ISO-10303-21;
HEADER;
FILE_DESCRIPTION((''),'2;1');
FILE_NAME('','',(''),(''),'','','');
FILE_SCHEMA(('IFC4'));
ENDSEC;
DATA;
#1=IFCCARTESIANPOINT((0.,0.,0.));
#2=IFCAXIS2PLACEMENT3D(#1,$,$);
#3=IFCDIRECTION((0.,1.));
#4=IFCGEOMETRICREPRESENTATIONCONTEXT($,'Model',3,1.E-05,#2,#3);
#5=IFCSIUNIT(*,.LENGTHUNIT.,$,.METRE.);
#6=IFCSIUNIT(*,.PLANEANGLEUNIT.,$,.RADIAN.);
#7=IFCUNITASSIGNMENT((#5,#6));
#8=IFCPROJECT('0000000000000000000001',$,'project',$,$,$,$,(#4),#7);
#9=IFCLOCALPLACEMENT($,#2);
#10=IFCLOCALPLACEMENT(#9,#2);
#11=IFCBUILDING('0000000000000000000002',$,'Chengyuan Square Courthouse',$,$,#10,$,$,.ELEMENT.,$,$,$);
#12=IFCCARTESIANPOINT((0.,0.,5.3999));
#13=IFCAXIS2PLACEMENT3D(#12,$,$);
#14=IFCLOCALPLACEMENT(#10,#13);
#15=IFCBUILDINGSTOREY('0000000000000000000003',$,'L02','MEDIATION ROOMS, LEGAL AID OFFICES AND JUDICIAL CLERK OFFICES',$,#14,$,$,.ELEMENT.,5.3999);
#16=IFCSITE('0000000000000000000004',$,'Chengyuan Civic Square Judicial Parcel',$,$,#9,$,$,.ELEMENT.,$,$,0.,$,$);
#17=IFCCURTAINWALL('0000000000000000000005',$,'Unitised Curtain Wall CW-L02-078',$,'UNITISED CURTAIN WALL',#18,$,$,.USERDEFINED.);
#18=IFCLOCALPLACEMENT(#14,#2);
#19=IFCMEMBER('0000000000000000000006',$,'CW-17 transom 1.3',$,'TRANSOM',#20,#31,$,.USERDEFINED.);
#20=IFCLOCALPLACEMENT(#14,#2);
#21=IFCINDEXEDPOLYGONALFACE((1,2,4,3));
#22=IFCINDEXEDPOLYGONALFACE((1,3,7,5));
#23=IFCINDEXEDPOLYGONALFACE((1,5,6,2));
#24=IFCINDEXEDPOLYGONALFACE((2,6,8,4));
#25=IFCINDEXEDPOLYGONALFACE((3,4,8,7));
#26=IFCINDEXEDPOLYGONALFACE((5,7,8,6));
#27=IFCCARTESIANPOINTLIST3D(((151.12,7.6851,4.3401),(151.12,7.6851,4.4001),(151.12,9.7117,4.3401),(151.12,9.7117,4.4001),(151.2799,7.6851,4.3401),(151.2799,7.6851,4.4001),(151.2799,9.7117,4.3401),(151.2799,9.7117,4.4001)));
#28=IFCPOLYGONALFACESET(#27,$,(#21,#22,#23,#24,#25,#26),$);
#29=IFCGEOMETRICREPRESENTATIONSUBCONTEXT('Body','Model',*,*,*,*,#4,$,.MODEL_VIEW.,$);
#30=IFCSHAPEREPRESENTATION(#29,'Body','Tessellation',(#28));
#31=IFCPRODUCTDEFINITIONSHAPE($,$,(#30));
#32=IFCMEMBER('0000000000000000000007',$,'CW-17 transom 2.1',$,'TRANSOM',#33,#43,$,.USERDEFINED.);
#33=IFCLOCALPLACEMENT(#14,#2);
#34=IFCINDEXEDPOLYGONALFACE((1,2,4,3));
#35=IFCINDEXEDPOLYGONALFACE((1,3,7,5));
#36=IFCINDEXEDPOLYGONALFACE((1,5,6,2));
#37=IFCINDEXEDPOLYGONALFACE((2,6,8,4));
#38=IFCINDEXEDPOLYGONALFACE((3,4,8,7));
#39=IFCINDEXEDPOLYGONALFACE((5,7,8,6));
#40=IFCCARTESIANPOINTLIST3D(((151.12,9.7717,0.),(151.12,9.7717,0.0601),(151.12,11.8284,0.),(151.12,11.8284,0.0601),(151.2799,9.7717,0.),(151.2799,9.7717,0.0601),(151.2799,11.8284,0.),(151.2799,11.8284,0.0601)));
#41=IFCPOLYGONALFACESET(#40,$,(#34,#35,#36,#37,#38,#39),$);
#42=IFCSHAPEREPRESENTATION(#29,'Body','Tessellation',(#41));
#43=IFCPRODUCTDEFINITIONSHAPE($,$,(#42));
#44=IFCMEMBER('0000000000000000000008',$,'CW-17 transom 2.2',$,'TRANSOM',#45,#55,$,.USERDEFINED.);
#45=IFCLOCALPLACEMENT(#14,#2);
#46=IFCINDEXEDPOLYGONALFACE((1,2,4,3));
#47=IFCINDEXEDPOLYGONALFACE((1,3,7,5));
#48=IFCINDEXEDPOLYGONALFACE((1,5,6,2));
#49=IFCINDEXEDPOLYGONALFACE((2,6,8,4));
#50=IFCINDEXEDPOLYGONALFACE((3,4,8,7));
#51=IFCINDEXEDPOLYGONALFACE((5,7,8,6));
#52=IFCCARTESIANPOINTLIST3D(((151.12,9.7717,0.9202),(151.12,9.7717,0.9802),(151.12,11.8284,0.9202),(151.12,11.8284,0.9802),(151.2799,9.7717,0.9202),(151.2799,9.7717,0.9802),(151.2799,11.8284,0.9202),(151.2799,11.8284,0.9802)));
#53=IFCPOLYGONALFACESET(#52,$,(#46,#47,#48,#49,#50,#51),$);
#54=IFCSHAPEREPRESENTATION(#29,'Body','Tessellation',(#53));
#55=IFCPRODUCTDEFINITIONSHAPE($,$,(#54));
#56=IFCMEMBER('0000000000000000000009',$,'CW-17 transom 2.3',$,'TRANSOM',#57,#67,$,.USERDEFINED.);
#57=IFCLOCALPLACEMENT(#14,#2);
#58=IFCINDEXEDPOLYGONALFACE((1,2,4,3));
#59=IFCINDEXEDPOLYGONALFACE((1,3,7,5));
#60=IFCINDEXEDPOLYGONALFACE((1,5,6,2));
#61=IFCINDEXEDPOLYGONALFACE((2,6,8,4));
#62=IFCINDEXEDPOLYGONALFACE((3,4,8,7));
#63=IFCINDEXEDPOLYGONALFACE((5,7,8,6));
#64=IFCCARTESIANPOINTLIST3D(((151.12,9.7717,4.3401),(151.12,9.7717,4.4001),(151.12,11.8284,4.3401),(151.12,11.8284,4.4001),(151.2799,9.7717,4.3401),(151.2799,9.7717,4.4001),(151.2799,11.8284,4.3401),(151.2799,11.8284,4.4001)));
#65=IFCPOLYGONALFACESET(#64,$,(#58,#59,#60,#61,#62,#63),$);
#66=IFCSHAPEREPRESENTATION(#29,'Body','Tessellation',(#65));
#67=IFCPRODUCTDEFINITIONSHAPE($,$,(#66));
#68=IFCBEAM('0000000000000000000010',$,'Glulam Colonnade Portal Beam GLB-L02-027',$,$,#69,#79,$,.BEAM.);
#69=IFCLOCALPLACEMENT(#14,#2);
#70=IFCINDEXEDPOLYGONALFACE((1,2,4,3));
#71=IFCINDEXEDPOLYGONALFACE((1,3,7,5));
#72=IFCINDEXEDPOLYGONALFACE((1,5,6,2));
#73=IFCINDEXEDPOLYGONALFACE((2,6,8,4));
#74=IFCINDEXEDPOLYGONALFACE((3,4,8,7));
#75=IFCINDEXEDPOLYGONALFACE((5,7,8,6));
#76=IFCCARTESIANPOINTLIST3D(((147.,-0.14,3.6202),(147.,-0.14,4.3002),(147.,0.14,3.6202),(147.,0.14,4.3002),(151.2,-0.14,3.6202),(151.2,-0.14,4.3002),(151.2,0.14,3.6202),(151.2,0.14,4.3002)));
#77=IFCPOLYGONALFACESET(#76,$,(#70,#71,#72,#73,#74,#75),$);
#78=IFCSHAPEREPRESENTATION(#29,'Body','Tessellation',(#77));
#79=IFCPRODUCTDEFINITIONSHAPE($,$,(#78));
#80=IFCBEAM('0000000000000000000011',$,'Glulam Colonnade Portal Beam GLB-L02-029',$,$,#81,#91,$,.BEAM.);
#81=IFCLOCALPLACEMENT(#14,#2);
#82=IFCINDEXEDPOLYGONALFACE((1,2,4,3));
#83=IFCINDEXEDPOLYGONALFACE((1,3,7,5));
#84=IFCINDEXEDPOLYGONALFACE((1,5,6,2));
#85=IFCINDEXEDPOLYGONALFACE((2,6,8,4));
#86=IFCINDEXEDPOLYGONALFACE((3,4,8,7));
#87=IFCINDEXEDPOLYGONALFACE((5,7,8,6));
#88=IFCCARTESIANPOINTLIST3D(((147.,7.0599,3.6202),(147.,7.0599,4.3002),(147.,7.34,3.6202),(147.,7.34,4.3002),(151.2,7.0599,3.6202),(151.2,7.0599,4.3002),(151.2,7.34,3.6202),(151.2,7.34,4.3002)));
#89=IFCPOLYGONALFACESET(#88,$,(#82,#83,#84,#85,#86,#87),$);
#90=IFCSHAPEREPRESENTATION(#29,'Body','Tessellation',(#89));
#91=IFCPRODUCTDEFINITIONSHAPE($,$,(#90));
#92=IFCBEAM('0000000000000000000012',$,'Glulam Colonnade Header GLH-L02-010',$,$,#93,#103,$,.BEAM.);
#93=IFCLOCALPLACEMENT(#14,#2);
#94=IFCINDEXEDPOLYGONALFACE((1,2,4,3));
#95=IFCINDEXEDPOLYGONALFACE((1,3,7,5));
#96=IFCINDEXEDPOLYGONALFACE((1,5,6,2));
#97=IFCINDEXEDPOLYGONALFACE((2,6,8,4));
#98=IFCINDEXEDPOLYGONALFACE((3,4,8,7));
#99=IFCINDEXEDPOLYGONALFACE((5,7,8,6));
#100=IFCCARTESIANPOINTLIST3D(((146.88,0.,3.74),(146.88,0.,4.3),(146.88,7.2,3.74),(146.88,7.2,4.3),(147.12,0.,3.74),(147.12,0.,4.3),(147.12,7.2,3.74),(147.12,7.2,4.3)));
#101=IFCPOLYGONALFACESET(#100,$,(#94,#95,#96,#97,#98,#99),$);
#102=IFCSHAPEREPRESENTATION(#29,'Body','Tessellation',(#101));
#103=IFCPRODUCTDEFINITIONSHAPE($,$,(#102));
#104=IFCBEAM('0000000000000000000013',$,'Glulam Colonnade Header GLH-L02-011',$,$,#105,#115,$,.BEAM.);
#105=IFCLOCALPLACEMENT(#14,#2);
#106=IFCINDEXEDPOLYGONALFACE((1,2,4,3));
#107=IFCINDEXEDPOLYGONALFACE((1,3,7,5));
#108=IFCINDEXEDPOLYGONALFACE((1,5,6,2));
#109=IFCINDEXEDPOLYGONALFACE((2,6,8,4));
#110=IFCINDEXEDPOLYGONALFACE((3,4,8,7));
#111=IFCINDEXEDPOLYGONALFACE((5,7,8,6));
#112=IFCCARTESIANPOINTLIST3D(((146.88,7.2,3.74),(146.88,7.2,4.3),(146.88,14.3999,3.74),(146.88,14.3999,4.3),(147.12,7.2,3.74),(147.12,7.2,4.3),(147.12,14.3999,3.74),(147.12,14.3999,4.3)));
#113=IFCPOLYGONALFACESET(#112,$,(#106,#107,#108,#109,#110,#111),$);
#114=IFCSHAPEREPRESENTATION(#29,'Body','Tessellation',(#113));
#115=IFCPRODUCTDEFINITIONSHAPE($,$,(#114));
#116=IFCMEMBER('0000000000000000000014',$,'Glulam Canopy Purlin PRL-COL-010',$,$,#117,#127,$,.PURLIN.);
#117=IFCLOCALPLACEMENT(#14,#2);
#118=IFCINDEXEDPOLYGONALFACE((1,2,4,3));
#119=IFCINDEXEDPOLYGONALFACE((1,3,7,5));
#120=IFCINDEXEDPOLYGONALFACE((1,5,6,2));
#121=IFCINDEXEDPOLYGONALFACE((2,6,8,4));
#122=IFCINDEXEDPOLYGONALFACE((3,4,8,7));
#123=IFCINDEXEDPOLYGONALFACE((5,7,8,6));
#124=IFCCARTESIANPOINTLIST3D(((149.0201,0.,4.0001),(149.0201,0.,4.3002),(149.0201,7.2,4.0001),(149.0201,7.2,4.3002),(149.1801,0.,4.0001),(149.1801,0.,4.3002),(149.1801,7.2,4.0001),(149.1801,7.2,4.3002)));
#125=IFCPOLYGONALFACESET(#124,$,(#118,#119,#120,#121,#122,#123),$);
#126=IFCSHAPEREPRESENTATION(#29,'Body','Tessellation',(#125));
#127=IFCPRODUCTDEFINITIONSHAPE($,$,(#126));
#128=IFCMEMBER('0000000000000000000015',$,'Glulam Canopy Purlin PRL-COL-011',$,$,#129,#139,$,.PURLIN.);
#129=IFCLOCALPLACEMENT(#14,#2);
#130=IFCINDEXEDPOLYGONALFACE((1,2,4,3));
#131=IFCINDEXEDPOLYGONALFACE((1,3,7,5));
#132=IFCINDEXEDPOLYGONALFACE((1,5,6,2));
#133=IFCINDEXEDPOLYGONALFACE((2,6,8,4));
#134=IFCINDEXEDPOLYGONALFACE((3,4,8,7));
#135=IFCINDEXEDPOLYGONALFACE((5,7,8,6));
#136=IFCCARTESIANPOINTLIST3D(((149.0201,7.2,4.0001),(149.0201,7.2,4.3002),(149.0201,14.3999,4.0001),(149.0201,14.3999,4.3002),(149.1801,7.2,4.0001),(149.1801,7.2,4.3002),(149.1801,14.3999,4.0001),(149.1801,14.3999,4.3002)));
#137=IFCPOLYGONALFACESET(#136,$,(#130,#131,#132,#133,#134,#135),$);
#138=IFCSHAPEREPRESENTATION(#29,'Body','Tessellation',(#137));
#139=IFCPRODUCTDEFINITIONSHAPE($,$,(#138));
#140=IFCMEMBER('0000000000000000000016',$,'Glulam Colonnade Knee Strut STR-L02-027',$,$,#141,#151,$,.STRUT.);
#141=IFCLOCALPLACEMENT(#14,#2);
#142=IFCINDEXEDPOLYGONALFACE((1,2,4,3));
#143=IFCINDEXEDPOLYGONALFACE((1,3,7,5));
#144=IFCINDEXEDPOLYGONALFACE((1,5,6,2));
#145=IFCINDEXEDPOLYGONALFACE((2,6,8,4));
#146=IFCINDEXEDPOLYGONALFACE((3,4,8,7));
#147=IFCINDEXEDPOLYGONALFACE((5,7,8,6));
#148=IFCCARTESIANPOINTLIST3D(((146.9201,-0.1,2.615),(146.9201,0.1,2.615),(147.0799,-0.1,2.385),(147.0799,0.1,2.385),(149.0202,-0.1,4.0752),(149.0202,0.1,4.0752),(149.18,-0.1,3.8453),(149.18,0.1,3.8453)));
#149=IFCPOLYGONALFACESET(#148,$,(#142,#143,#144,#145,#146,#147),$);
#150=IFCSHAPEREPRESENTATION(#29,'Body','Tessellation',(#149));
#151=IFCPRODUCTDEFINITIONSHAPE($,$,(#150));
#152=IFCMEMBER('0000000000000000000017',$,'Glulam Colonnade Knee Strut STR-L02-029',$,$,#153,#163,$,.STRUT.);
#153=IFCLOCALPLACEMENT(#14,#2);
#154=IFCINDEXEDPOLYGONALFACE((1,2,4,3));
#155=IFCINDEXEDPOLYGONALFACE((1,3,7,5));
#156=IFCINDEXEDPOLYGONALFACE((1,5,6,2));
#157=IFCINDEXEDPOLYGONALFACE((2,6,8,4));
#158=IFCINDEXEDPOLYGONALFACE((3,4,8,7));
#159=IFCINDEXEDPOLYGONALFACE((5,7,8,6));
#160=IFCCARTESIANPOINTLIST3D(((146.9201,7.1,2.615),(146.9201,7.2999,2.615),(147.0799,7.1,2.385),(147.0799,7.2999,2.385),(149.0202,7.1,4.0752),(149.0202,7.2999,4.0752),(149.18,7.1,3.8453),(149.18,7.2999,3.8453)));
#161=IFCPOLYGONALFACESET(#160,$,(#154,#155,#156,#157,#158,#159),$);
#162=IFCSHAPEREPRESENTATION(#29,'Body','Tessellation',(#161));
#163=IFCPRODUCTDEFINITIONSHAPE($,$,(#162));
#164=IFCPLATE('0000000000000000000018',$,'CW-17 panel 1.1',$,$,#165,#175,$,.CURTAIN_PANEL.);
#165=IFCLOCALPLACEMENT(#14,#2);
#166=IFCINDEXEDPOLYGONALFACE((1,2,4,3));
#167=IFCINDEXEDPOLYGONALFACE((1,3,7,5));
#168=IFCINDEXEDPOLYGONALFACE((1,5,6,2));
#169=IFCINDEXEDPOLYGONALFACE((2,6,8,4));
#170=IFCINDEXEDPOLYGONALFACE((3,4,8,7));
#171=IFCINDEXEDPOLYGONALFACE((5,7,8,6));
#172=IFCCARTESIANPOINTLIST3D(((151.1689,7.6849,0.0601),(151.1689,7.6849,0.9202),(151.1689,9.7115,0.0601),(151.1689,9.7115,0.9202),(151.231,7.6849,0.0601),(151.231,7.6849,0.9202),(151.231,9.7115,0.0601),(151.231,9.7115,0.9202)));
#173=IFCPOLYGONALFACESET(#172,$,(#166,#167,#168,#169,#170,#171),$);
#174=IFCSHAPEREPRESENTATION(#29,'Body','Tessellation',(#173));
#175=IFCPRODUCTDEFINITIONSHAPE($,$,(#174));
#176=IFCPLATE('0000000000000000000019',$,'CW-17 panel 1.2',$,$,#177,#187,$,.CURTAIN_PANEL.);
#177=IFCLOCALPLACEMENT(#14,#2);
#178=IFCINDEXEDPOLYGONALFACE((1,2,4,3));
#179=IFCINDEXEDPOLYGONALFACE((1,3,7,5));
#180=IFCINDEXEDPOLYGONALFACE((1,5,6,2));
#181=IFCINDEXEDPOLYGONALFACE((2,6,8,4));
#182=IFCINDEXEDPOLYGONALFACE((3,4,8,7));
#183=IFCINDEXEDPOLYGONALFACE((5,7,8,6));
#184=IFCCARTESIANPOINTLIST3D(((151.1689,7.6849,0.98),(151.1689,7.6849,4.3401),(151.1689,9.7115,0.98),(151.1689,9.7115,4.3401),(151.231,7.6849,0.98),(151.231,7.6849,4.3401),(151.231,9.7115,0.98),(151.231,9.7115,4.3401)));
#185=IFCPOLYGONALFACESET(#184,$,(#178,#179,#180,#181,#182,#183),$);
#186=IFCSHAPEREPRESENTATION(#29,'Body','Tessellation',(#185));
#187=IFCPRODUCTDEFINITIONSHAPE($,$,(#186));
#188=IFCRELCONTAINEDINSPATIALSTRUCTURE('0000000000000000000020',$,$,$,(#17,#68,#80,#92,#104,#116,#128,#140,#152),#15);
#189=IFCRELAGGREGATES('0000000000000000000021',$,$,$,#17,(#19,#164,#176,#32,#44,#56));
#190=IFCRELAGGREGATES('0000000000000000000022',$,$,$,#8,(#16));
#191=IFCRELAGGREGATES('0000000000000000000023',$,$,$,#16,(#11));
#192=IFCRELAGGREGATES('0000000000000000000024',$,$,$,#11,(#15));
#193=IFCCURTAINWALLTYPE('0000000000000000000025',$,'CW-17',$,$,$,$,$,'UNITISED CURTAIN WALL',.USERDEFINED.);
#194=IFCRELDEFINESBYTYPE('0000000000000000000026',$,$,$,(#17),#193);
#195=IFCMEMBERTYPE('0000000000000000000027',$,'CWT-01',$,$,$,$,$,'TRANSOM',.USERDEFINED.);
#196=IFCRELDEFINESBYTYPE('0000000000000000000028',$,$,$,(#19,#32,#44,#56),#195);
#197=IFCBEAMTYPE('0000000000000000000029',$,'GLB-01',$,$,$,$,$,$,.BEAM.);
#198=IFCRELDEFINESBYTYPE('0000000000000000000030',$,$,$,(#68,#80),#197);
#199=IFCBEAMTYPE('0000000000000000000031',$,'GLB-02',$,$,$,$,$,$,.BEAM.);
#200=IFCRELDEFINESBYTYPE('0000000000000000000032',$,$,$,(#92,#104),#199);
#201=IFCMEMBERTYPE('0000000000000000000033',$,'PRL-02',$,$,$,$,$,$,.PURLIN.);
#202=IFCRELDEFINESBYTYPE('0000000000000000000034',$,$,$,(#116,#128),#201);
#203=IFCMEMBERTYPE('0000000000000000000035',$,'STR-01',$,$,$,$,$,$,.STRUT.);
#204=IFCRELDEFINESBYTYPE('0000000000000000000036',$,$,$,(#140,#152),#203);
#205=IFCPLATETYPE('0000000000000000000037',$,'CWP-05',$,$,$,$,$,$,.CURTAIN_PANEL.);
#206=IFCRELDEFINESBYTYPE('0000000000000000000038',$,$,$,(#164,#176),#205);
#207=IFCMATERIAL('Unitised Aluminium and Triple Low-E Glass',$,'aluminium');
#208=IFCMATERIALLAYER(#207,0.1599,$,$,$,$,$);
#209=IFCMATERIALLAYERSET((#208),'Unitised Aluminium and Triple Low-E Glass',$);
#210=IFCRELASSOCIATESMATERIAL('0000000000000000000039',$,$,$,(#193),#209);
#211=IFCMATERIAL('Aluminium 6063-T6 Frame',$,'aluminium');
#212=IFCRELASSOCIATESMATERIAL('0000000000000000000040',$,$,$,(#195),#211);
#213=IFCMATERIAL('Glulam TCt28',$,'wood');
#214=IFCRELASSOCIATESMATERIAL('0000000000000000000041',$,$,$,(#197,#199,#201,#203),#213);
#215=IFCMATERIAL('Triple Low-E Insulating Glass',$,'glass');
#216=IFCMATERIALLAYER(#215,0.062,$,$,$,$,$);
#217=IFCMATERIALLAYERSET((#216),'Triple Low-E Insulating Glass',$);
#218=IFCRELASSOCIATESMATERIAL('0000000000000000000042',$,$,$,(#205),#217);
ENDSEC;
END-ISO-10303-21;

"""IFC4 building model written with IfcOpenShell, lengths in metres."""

from ifc_helpers import new_model, si_unit, direction, frame, origin, origin_2d, place, context, subcontext, project, spatial, rectangle, extrude, material, layer, layer_set, material_profile, profile_set, type_object, element, aggregate, save


model = new_model("IFC4")

# Units and contexts
model_context = context("Model", 3, precision=1e-05, world=origin(), true_north=direction((0.0, 1.0)))
body_context = subcontext(model_context, "Body", "Model", "MODEL_VIEW")
ifc_project = project(units=[si_unit("LENGTHUNIT", "METRE"), si_unit("PLANEANGLEUNIT", "RADIAN")], contexts=[model_context])

# Site, building, storey
site_placement = place(None, origin())
site = spatial("IfcSite", under=ifc_project, at=site_placement, Name="Chengyuan Civic Square Judicial Parcel", CompositionType="ELEMENT", RefElevation=0.0)
building_placement = place(site_placement, origin())
building = spatial("IfcBuilding", under=site, at=building_placement, Name="Chengyuan Square Courthouse", CompositionType="ELEMENT")
storey_placement = place(building_placement, frame((0.0, 0.0, 5.3999)))
storey = spatial("IfcBuildingStorey", under=building, at=storey_placement, Name="L02", Description="MEDIATION ROOMS, LEGAL AID OFFICES AND JUDICIAL CLERK OFFICES", CompositionType="ELEMENT", Elevation=5.3999)

# Shared definitions
ifc_material_1 = material(Name="Glulam TCt28", Category="wood")

# Curtain wall, members
ifc_material_2 = material(Name="Unitised Aluminium and Triple Low-E Glass", Category="aluminium")
ifc_layer_1 = layer(ifc_material_2, 0.1599)
ifc_layer_set_1 = layer_set([ifc_layer_1], Name="Unitised Aluminium and Triple Low-E Glass")
curtain_wall_type = type_object("IfcCurtainWallType", Name="CW-17", ElementType="UNITISED CURTAIN WALL", PredefinedType="USERDEFINED", material=ifc_layer_set_1)
curtain_wall_placement = place(storey_placement, origin())
curtain_wall = element("IfcCurtainWall", 1, at=curtain_wall_placement, inside=storey, type_object=curtain_wall_type, Name="Unitised Curtain Wall CW-L02-078", ObjectType="UNITISED CURTAIN WALL", PredefinedType="USERDEFINED")
ifc_material_3 = material(Name="Aluminium 6063-T6 Frame", Category="aluminium")
ifc_material_profile_1 = material_profile(ifc_material_3, rectangle(XDim=0.1599, YDim=0.0601, at=origin_2d()), Name="CW-TRN-60x120")
ifc_profile_set_1 = profile_set([ifc_material_profile_1], Name="Aluminium 6063-T6 Frame")
member_type_1 = type_object("IfcMemberType", Name="CWT-01", ElementType="TRANSOM", PredefinedType="USERDEFINED", material=ifc_profile_set_1)
member_1_placement = place(storey_placement, frame((151.2, 7.6851, 4.3701), z_axis=(0.0, 1.0, 0.0), x_axis=(-1.0, 0.0, 0.0)))
member_1 = element("IfcMember", 2, at=member_1_placement, type_object=member_type_1, Name="CW-17 transom 1.3", ObjectType="TRANSOM", PredefinedType="USERDEFINED", context=body_context, shape_type="SweptSolid", body=[
    extrude(rectangle(XDim=0.1599, YDim=0.0601, at=origin_2d()), origin(), (0.0, 0.0, 1.0), 2.0266),
])
member_2_placement = place(storey_placement, frame((151.2, 9.7717, 0.03), z_axis=(0.0, 1.0, 0.0), x_axis=(-1.0, 0.0, 0.0)))
member_2 = element("IfcMember", 3, at=member_2_placement, type_object=member_type_1, Name="CW-17 transom 2.1", ObjectType="TRANSOM", PredefinedType="USERDEFINED", context=body_context, shape_type="SweptSolid", body=[
    extrude(rectangle(XDim=0.1599, YDim=0.0601, at=origin_2d()), origin(), (0.0, 0.0, 1.0), 2.0566),
])
member_3_placement = place(storey_placement, frame((151.2, 9.7717, 0.9502), z_axis=(0.0, 1.0, 0.0), x_axis=(-1.0, 0.0, 0.0)))
member_3 = element("IfcMember", 4, at=member_3_placement, type_object=member_type_1, Name="CW-17 transom 2.2", ObjectType="TRANSOM", PredefinedType="USERDEFINED", context=body_context, shape_type="SweptSolid", body=[
    extrude(rectangle(XDim=0.1599, YDim=0.0601, at=origin_2d()), origin(), (0.0, 0.0, 1.0), 2.0566),
])
member_4_placement = place(storey_placement, frame((151.2, 9.7717, 4.3701), z_axis=(0.0, 1.0, 0.0), x_axis=(-1.0, 0.0, 0.0)))
member_4 = element("IfcMember", 5, at=member_4_placement, type_object=member_type_1, Name="CW-17 transom 2.3", ObjectType="TRANSOM", PredefinedType="USERDEFINED", context=body_context, shape_type="SweptSolid", body=[
    extrude(rectangle(XDim=0.1599, YDim=0.0601, at=origin_2d()), origin(), (0.0, 0.0, 1.0), 2.0566),
])

# Beams
ifc_material_profile_2 = material_profile(ifc_material_1, rectangle(XDim=0.28, YDim=0.6799, at=origin_2d()), Name="GL-BM-280x680")
ifc_profile_set_2 = profile_set([ifc_material_profile_2], Name="Glulam TCt28")
beam_type_1 = type_object("IfcBeamType", Name="GLB-01", PredefinedType="BEAM", material=ifc_profile_set_2)
for number, where, z_axis, x_axis, name in (
    (6, (151.2, 0.0, 3.9602), (-1.0, 0.0, 0.0), (0.0, -1.0, 0.0), "Glulam Colonnade Portal Beam GLB-L02-027"),
    (7, (151.2, 7.2, 3.9602), (-1.0, 0.0, 0.0), (0.0, -1.0, 0.0), "Glulam Colonnade Portal Beam GLB-L02-029"),
):
    element("IfcBeam", number, at=place(storey_placement, frame(where, z_axis=z_axis, x_axis=x_axis)), inside=storey, type_object=beam_type_1, Name=name, PredefinedType="BEAM", context=body_context, shape_type="SweptSolid", body=[
        extrude(rectangle(XDim=0.28, YDim=0.6799, at=origin_2d()), origin(), (0.0, 0.0, 1.0), 4.2),
    ])
ifc_material_profile_3 = material_profile(ifc_material_1, rectangle(XDim=0.24, YDim=0.5601, at=origin_2d()), Name="GL-BM-240x560")
ifc_profile_set_3 = profile_set([ifc_material_profile_3], Name="Glulam TCt28")
beam_type_2 = type_object("IfcBeamType", Name="GLB-02", PredefinedType="BEAM", material=ifc_profile_set_3)
for number, where, z_axis, x_axis, name in (
    (8, (147.0, 0.0, 4.02), (0.0, 1.0, 0.0), (-1.0, 0.0, 0.0), "Glulam Colonnade Header GLH-L02-010"),
    (9, (147.0, 7.2, 4.02), (0.0, 1.0, 0.0), (-1.0, 0.0, 0.0), "Glulam Colonnade Header GLH-L02-011"),
):
    element("IfcBeam", number, at=place(storey_placement, frame(where, z_axis=z_axis, x_axis=x_axis)), inside=storey, type_object=beam_type_2, Name=name, PredefinedType="BEAM", context=body_context, shape_type="SweptSolid", body=[
        extrude(rectangle(XDim=0.24, YDim=0.5601, at=origin_2d()), origin(), (0.0, 0.0, 1.0), 7.2),
    ])

# Members
ifc_material_profile_4 = material_profile(ifc_material_1, rectangle(XDim=0.1599, YDim=0.3, at=origin_2d()), Name="GL-PRL-160x300")
ifc_profile_set_4 = profile_set([ifc_material_profile_4], Name="Glulam TCt28")
member_type_2 = type_object("IfcMemberType", Name="PRL-02", PredefinedType="PURLIN", material=ifc_profile_set_4)
for number, where, z_axis, x_axis, name in (
    (10, (149.1001, 0.0, 4.1501), (0.0, 1.0, 0.0), (-1.0, 0.0, 0.0), "Glulam Canopy Purlin PRL-COL-010"),
    (11, (149.1001, 7.2, 4.1501), (0.0, 1.0, 0.0), (-1.0, 0.0, 0.0), "Glulam Canopy Purlin PRL-COL-011"),
):
    element("IfcMember", number, at=place(storey_placement, frame(where, z_axis=z_axis, x_axis=x_axis)), inside=storey, type_object=member_type_2, Name=name, PredefinedType="PURLIN", context=body_context, shape_type="SweptSolid", body=[
        extrude(rectangle(XDim=0.1599, YDim=0.3, at=origin_2d()), origin(), (0.0, 0.0, 1.0), 7.2),
    ])
ifc_material_profile_5 = material_profile(ifc_material_1, rectangle(XDim=0.2, YDim=0.28, at=origin_2d()), Name="GL-STR-200x280")
ifc_profile_set_5 = profile_set([ifc_material_profile_5], Name="Glulam TCt28")
member_type_3 = type_object("IfcMemberType", Name="STR-01", PredefinedType="STRUT", material=ifc_profile_set_5)
for number, where, z_axis, x_axis, name in (
    (12, (147.0, 0.0, 2.5), (0.821039, 0.0, 0.570872), (0.0, 1.0, 0.0), "Glulam Colonnade Knee Strut STR-L02-027"),
    (13, (147.0, 7.2, 2.5), (0.821039, 0.0, 0.570872), (0.0, 1.0, 0.0), "Glulam Colonnade Knee Strut STR-L02-029"),
):
    element("IfcMember", number, at=place(storey_placement, frame(where, z_axis=z_axis, x_axis=x_axis)), inside=storey, type_object=member_type_3, Name=name, PredefinedType="STRUT", context=body_context, shape_type="SweptSolid", body=[
        extrude(rectangle(XDim=0.2, YDim=0.28, at=origin_2d()), origin(), (0.0, 0.0, 1.0), 2.5579),
    ])

# Plates
ifc_material_4 = material(Name="Triple Low-E Insulating Glass", Category="glass")
ifc_layer_2 = layer(ifc_material_4, 0.062)
ifc_layer_set_2 = layer_set([ifc_layer_2], Name="Triple Low-E Insulating Glass")
plate_type = type_object("IfcPlateType", Name="CWP-05", PredefinedType="CURTAIN_PANEL", material=ifc_layer_set_2)
plate_1_placement = place(storey_placement, frame((151.2, 8.6982, 0.0601), z_axis=(0.0, 0.0, 1.0), x_axis=(0.0, 1.0, 0.0)))
plate_1 = element("IfcPlate", 14, at=plate_1_placement, type_object=plate_type, Name="CW-17 panel 1.1", PredefinedType="CURTAIN_PANEL", context=body_context, shape_type="SweptSolid", body=[
    extrude(rectangle(XDim=2.0266, YDim=0.062, at=origin_2d()), origin(), (0.0, 0.0, 1.0), 0.8601),
])
plate_2_placement = place(storey_placement, frame((151.2, 8.6982, 0.98), z_axis=(0.0, 0.0, 1.0), x_axis=(0.0, 1.0, 0.0)))
plate_2 = element("IfcPlate", 15, at=plate_2_placement, type_object=plate_type, Name="CW-17 panel 1.2", PredefinedType="CURTAIN_PANEL", context=body_context, shape_type="SweptSolid", body=[
    extrude(rectangle(XDim=2.0266, YDim=0.062, at=origin_2d()), origin(), (0.0, 0.0, 1.0), 3.3601),
])
aggregate(curtain_wall, [member_1, plate_1, plate_2, member_2, member_3, member_4])

save(model, "model.ifc")
